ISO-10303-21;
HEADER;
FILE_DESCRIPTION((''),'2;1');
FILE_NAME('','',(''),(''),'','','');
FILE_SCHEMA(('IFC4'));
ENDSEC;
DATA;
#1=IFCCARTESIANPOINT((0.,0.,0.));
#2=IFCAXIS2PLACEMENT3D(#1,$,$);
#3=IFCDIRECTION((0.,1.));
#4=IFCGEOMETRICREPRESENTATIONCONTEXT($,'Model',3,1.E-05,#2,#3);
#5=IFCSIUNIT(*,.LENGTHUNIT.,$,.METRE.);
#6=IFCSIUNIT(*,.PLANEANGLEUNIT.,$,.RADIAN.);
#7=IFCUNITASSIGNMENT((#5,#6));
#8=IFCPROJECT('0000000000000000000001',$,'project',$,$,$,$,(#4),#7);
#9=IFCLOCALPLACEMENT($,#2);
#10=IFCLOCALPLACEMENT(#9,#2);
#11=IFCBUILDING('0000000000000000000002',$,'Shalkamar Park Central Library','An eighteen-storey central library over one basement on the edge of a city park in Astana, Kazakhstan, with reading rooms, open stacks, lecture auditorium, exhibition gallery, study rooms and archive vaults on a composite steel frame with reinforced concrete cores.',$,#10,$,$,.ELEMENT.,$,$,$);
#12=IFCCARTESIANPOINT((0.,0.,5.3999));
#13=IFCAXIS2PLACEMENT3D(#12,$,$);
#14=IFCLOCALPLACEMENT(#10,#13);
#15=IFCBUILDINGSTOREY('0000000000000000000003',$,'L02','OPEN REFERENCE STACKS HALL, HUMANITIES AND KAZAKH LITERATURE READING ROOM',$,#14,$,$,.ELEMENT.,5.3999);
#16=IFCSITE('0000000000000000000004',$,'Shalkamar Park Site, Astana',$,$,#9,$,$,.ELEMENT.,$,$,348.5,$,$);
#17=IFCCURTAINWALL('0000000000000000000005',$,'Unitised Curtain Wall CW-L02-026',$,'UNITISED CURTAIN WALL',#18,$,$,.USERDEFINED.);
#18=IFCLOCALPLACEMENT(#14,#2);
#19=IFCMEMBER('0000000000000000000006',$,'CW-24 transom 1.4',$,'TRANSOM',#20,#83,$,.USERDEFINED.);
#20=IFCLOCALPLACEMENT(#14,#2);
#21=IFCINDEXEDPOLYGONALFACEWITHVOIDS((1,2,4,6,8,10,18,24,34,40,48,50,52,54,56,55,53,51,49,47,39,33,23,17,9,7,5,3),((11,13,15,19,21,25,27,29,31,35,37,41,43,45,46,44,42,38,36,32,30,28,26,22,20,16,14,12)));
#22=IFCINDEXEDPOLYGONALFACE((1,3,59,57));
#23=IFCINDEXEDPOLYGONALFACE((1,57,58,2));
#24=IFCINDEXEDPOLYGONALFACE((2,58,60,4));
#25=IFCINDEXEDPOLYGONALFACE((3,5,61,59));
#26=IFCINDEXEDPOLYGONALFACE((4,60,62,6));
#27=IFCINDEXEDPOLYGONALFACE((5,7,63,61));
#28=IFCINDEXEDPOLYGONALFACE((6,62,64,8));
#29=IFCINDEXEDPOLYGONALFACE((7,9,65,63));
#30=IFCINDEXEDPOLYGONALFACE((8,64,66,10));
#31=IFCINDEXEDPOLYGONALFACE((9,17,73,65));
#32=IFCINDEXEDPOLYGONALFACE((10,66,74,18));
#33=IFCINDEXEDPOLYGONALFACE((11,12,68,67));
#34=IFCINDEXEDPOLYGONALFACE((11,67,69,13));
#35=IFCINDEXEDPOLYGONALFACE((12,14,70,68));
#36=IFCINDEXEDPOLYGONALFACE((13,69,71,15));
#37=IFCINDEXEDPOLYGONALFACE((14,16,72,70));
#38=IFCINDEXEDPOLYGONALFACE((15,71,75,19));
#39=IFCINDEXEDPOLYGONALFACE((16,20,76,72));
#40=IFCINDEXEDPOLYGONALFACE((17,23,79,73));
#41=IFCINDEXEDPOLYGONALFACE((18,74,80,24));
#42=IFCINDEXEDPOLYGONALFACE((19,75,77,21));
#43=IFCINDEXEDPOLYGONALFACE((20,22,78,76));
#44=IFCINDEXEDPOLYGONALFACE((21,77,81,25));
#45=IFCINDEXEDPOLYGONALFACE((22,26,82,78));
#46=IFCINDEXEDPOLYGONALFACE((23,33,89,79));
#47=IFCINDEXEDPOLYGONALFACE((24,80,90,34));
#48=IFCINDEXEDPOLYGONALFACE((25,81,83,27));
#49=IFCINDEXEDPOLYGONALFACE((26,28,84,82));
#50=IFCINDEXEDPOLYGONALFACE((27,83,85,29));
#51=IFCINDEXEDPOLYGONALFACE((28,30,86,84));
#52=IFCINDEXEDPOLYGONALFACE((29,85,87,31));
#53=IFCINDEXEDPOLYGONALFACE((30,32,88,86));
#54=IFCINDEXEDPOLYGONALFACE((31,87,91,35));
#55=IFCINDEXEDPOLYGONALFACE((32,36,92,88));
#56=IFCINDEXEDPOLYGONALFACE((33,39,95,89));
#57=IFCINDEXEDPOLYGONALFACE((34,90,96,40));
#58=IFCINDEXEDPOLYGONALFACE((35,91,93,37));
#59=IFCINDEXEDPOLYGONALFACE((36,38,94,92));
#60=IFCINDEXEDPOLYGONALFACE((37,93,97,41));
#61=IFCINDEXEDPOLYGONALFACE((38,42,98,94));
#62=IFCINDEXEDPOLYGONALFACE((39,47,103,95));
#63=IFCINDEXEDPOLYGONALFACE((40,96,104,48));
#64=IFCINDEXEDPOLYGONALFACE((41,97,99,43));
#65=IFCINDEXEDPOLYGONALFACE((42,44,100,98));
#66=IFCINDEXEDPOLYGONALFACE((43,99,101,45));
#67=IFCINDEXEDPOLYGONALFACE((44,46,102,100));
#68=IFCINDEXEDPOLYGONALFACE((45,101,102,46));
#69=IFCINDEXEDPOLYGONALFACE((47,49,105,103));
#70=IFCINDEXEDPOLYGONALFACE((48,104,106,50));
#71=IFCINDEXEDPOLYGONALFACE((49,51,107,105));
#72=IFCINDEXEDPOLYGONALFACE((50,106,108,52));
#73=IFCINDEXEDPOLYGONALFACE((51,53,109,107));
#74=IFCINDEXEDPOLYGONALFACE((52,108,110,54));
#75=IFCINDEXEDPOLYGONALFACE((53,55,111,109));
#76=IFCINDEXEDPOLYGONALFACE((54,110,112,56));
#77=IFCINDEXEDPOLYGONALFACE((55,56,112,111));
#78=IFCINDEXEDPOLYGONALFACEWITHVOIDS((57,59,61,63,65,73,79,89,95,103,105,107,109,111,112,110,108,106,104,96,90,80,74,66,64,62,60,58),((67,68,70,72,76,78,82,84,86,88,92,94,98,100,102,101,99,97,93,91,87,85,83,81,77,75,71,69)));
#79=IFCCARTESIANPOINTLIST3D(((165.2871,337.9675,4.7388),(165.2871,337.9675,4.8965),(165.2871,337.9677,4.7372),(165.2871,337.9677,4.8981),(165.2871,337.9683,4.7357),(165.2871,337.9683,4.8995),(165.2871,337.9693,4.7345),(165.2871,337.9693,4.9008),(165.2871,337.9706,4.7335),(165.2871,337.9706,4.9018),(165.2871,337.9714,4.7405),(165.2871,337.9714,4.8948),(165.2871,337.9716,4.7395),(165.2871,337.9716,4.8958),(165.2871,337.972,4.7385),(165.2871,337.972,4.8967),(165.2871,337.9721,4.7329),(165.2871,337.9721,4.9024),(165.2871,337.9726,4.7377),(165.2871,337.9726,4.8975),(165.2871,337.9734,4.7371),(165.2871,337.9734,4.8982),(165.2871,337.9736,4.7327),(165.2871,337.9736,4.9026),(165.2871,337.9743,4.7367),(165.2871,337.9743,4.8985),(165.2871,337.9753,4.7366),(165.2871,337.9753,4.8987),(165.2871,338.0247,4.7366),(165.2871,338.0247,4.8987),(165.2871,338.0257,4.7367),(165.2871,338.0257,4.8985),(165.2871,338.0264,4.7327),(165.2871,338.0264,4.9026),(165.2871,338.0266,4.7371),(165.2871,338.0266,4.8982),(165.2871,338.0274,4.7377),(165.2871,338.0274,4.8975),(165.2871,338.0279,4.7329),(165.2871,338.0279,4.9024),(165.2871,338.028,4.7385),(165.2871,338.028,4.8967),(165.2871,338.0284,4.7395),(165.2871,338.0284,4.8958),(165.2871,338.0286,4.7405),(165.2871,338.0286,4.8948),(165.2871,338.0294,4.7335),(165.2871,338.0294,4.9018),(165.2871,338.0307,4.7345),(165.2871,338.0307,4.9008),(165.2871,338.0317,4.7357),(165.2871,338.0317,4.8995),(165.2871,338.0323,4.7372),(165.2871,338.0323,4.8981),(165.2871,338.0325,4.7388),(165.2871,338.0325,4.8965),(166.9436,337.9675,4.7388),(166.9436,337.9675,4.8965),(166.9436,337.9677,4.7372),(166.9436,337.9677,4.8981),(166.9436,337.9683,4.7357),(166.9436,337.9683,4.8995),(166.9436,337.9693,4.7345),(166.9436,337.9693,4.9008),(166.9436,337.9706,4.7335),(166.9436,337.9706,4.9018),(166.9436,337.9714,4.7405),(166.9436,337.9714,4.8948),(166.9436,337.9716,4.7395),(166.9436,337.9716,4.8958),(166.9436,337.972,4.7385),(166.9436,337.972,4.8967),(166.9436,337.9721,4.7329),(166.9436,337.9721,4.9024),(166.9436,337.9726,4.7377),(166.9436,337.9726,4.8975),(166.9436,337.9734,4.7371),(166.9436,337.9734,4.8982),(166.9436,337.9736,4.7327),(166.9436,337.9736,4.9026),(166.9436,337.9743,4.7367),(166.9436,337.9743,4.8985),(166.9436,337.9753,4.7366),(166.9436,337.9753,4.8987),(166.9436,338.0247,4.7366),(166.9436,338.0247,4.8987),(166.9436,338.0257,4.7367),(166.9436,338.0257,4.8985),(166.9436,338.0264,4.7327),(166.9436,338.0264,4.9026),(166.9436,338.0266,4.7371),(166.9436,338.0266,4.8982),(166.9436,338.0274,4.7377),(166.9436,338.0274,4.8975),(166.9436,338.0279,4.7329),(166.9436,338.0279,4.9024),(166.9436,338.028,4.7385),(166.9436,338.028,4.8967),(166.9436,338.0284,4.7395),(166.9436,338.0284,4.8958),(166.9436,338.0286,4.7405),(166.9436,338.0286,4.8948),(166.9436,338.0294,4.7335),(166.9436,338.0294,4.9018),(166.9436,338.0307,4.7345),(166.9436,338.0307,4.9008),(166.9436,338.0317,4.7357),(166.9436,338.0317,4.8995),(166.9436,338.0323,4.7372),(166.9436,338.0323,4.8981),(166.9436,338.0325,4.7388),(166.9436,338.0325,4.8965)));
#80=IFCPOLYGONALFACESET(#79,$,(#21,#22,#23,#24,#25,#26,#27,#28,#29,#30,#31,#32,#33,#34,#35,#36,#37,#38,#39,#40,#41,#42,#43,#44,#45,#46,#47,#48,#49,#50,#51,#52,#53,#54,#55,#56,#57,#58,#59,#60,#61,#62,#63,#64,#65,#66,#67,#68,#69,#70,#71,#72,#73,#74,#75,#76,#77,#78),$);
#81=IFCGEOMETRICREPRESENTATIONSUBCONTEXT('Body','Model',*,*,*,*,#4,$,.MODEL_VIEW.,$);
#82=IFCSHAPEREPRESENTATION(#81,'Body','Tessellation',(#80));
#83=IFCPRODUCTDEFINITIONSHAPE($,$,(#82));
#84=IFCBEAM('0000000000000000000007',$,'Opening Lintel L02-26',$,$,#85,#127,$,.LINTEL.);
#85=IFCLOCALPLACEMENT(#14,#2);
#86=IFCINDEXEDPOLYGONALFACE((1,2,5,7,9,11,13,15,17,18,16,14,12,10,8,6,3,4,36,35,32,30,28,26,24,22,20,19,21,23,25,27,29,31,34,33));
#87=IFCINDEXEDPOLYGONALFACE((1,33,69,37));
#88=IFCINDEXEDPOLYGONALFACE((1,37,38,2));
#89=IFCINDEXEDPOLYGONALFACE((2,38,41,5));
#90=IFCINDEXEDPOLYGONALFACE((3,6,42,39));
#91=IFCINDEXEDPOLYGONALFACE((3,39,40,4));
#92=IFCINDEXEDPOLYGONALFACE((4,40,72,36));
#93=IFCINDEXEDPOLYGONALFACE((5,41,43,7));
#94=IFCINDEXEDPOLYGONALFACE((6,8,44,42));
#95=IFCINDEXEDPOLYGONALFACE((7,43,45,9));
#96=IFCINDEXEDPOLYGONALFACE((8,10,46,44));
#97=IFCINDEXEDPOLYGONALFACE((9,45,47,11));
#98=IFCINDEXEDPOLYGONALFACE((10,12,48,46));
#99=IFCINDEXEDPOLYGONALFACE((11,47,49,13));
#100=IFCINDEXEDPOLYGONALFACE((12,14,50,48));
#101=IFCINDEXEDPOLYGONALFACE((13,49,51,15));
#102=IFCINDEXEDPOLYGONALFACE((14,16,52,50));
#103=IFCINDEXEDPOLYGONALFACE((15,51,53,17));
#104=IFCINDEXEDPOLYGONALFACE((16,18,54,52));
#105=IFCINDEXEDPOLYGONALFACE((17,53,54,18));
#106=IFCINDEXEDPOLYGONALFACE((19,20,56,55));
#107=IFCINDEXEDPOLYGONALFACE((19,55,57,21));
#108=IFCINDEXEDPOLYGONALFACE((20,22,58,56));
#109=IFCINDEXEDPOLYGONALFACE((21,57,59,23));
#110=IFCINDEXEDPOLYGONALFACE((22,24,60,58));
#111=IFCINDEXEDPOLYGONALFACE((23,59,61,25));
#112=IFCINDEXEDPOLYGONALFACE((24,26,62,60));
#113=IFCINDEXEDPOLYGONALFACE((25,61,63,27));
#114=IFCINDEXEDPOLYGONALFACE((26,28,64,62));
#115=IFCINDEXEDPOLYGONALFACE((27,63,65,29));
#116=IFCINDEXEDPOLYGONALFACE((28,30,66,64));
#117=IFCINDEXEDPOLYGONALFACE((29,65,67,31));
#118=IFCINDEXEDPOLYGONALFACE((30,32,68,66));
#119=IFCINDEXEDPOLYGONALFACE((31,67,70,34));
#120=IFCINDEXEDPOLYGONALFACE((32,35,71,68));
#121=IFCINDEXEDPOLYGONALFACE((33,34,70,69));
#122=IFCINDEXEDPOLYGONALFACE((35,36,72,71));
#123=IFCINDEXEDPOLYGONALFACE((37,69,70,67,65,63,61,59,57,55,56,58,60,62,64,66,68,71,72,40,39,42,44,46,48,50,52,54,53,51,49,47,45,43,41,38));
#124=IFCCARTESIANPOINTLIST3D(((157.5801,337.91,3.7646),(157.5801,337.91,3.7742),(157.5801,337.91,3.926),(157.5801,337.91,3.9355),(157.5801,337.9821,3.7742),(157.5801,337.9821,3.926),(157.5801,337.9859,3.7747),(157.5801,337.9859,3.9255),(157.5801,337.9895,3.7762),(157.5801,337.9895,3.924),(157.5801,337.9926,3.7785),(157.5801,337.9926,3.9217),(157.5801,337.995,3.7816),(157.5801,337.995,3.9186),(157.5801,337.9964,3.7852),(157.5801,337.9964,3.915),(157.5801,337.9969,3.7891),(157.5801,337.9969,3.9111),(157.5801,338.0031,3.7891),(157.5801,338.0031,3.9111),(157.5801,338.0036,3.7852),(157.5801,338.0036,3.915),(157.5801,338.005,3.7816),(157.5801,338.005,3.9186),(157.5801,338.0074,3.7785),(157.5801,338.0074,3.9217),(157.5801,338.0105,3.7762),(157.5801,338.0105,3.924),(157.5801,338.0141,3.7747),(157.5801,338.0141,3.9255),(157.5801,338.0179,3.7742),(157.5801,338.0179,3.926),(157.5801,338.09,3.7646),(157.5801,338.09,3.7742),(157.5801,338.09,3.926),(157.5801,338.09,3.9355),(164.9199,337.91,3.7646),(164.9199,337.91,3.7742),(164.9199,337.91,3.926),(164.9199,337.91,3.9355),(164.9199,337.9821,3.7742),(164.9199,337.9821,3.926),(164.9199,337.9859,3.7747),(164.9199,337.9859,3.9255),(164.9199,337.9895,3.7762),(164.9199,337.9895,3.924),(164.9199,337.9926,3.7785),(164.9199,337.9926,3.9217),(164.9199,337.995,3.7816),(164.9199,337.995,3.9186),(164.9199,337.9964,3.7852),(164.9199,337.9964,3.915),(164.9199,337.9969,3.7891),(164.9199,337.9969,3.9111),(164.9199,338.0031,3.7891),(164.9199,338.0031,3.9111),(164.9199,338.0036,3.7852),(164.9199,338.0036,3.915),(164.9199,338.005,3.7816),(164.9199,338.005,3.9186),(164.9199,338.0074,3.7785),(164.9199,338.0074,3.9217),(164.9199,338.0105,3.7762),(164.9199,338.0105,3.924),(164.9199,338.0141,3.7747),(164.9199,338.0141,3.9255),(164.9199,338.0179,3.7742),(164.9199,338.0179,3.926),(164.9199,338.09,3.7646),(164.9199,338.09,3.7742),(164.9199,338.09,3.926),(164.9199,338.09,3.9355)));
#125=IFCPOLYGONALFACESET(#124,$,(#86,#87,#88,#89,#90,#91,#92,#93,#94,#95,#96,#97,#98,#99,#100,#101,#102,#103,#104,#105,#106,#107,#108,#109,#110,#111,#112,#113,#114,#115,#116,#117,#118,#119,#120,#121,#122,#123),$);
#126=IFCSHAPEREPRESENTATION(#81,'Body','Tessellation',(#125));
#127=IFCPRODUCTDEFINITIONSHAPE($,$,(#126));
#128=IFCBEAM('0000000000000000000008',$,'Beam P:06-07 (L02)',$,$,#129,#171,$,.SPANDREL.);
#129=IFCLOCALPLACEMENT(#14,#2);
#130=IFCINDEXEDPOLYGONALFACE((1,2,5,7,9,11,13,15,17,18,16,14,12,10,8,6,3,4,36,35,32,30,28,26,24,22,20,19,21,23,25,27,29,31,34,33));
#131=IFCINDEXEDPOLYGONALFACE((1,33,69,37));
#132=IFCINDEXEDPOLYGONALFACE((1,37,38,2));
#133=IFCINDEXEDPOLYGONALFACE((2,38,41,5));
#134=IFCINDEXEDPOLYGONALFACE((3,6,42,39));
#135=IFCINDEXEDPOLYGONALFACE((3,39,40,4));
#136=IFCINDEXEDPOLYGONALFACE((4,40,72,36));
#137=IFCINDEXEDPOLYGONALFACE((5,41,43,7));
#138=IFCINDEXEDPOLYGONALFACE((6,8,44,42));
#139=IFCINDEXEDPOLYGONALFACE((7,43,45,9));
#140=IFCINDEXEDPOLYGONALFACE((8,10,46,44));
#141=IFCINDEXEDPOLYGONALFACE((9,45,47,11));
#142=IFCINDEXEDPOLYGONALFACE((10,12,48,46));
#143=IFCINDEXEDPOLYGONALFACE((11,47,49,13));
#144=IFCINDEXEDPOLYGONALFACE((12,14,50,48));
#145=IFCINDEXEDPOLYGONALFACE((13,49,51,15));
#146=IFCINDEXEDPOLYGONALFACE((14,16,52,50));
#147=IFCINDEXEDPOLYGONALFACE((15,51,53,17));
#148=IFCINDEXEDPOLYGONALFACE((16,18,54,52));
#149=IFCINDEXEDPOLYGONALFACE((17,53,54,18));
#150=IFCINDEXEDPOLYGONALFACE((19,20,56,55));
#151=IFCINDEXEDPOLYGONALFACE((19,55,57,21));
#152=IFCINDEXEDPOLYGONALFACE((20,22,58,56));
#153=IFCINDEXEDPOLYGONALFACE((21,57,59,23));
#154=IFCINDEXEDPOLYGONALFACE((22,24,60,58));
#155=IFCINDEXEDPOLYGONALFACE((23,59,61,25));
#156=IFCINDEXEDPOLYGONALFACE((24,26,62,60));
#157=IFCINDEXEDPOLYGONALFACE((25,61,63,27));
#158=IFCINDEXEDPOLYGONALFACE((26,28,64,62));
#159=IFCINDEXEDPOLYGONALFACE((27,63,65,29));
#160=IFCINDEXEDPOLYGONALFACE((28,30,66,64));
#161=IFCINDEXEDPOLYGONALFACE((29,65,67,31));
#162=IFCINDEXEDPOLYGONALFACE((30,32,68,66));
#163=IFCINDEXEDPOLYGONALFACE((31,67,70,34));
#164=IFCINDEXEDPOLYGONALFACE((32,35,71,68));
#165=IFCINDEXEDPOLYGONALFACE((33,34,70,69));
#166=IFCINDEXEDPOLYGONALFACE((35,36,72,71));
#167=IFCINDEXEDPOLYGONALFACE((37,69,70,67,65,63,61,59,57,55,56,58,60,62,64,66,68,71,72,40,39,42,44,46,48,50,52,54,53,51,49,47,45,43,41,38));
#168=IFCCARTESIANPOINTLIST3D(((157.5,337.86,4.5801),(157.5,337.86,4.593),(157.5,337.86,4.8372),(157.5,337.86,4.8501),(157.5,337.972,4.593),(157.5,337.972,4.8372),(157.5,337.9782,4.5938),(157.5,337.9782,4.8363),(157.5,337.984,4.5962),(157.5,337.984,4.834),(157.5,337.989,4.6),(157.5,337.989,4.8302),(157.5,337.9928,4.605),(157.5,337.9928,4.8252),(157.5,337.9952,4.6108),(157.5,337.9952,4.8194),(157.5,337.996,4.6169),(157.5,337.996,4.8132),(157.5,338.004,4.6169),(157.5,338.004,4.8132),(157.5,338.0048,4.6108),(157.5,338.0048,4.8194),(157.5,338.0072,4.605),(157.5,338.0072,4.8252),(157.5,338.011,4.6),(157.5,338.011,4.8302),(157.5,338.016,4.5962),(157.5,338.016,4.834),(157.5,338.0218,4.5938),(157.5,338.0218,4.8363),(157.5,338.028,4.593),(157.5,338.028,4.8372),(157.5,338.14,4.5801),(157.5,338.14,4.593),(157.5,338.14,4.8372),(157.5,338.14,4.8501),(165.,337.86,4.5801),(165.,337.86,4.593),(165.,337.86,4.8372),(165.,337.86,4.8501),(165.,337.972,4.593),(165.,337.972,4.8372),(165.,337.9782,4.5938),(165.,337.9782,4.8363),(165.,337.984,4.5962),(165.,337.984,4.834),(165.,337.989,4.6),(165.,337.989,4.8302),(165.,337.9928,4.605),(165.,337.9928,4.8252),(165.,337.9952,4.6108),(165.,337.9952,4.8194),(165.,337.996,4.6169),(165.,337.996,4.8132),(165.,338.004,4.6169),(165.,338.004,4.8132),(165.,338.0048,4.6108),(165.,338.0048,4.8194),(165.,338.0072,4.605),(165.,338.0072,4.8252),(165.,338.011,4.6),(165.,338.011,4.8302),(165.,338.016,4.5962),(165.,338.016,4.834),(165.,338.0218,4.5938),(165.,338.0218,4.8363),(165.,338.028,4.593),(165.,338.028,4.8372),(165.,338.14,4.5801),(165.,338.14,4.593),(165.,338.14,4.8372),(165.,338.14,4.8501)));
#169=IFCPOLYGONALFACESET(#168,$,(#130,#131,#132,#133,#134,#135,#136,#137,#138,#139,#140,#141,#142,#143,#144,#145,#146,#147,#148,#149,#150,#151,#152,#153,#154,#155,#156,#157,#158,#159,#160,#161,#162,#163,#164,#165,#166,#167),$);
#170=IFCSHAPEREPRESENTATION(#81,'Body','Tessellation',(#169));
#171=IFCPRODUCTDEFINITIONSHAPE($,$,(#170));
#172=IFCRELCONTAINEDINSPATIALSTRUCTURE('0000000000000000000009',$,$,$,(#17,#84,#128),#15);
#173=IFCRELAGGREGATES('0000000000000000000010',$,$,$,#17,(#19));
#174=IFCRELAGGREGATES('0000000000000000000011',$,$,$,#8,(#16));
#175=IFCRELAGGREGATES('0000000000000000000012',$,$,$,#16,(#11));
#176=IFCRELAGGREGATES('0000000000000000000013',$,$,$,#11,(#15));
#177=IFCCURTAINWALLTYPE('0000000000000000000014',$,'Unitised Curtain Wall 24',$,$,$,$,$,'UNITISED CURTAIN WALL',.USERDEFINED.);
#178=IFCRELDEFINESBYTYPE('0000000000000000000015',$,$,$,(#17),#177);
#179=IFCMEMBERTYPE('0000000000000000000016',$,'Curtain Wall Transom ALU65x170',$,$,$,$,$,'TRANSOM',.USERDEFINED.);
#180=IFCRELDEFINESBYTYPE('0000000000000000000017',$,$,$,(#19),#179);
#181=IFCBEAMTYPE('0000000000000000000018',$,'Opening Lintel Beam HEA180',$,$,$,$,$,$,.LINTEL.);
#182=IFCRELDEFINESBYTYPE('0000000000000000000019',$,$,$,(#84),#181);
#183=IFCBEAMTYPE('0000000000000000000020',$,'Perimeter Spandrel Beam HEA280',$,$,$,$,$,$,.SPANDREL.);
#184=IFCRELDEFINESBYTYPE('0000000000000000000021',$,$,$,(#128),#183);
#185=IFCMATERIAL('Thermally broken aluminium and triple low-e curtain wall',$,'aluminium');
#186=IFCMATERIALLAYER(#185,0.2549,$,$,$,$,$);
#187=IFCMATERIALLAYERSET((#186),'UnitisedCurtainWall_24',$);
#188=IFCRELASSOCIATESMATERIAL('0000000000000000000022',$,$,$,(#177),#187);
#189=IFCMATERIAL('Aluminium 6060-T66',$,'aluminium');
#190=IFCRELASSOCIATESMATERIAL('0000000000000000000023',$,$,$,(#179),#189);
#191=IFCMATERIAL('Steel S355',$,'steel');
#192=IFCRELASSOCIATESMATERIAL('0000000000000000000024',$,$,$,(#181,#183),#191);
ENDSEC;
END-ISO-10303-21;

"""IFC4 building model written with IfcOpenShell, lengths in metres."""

from ifc_helpers import new_model, si_unit, direction, frame, origin, origin_2d, place, context, subcontext, project, spatial, hollow_rectangle, i_section, extrude, material, layer, layer_set, material_profile, profile_set, type_object, element, aggregate, save


model = new_model("IFC4")

# Units and contexts
model_context = context("Model", 3, precision=1e-05, world=origin(), true_north=direction((0.0, 1.0)))
body_context = subcontext(model_context, "Body", "Model", "MODEL_VIEW")
ifc_project = project(units=[si_unit("LENGTHUNIT", "METRE"), si_unit("PLANEANGLEUNIT", "RADIAN")], contexts=[model_context])

# Site, building, storey
site_placement = place(None, origin())
site = spatial("IfcSite", under=ifc_project, at=site_placement, Name="Shalkamar Park Site, Astana", CompositionType="ELEMENT", RefElevation=348.5)
building_placement = place(site_placement, origin())
building = spatial("IfcBuilding", under=site, at=building_placement, Name="Shalkamar Park Central Library", Description="An eighteen-storey central library over one basement on the edge of a city park in Astana, Kazakhstan, with reading rooms, open stacks, lecture auditorium, exhibition gallery, study rooms and archive vaults on a composite steel frame with reinforced concrete cores.", CompositionType="ELEMENT")
storey_placement = place(building_placement, frame((0.0, 0.0, 5.3999)))
storey = spatial("IfcBuildingStorey", under=building, at=storey_placement, Name="L02", Description="OPEN REFERENCE STACKS HALL, HUMANITIES AND KAZAKH LITERATURE READING ROOM", CompositionType="ELEMENT", Elevation=5.3999)

# Shared definitions
ifc_material_1 = material(Name="Steel S355", Category="steel")

# Shared definitions
ifc_material_2 = material(Name="Thermally broken aluminium and triple low-e curtain wall", Category="aluminium")
ifc_material_3 = material(Name="Aluminium 6060-T66", Category="aluminium")

# Curtain wall
ifc_layer_1 = layer(ifc_material_2, 0.2549)
ifc_layer_set_1 = layer_set([ifc_layer_1], Name="UnitisedCurtainWall_24")
curtain_wall_type_1 = type_object("IfcCurtainWallType", Name="Unitised Curtain Wall 24", ElementType="UNITISED CURTAIN WALL", PredefinedType="USERDEFINED", material=ifc_layer_set_1)
curtain_wall_1_placement = place(storey_placement, origin())
curtain_wall_1 = element("IfcCurtainWall", 1, at=curtain_wall_1_placement, inside=storey, type_object=curtain_wall_type_1, Name="Unitised Curtain Wall CW-L02-026", ObjectType="UNITISED CURTAIN WALL", PredefinedType="USERDEFINED")

# Member
ifc_material_profile_1 = material_profile(ifc_material_3, hollow_rectangle(XDim=0.0649, YDim=0.1699, WallThickness=0.0039, InnerFilletRadius=0.0039, OuterFilletRadius=0.0061, at=origin_2d()), Name="ALU 65x170x4")
ifc_profile_set_1 = profile_set([ifc_material_profile_1], Name="Aluminium 6060-T66")
member_type_1 = type_object("IfcMemberType", Name="Curtain Wall Transom ALU65x170", ElementType="TRANSOM", PredefinedType="USERDEFINED", material=ifc_profile_set_1)
member_1_placement = place(storey_placement, frame((165.2871, 338.0, 4.8176), z_axis=(1.0, 0.0, 0.0), x_axis=(0.0, 1.0, 0.0)))
member_1 = element("IfcMember", 2, at=member_1_placement, type_object=member_type_1, Name="CW-24 transom 1.4", ObjectType="TRANSOM", PredefinedType="USERDEFINED", context=body_context, shape_type="SweptSolid", body=[
    extrude(hollow_rectangle(XDim=0.0649, YDim=0.1699, WallThickness=0.0039, InnerFilletRadius=0.0039, OuterFilletRadius=0.0061, at=origin_2d()), origin(), (0.0, 0.0, 1.0), 1.6565),
])

# Beams
ifc_material_profile_2 = material_profile(ifc_material_1, i_section(OverallWidth=0.1799, OverallDepth=0.1709, WebThickness=0.0061, FlangeThickness=0.0095, FilletRadius=0.0149, at=origin_2d()), Name="HEA 180")
ifc_profile_set_2 = profile_set([ifc_material_profile_2], Name="Steel S355")
beam_type_1 = type_object("IfcBeamType", Name="Opening Lintel Beam HEA180", PredefinedType="LINTEL", material=ifc_profile_set_2)
beam_1_placement = place(storey_placement, frame((157.5801, 338.0, 3.8501), z_axis=(1.0, 0.0, 0.0), x_axis=(0.0, 1.0, 0.0)))
element("IfcBeam", 3, at=beam_1_placement, inside=storey, type_object=beam_type_1, Name="Opening Lintel L02-26", PredefinedType="LINTEL", context=body_context, shape_type="SweptSolid", body=[
    extrude(i_section(OverallWidth=0.1799, OverallDepth=0.1709, WebThickness=0.0061, FlangeThickness=0.0095, FilletRadius=0.0149, at=origin_2d()), origin(), (0.0, 0.0, 1.0), 7.3398),
])
ifc_material_profile_3 = material_profile(ifc_material_1, i_section(OverallWidth=0.28, OverallDepth=0.27, WebThickness=0.0081, FlangeThickness=0.0129, FilletRadius=0.0239, at=origin_2d()), Name="HEA 280")
ifc_profile_set_3 = profile_set([ifc_material_profile_3], Name="Steel S355")
beam_type_2 = type_object("IfcBeamType", Name="Perimeter Spandrel Beam HEA280", PredefinedType="SPANDREL", material=ifc_profile_set_3)
beam_2_placement = place(storey_placement, frame((157.5, 338.0, 4.7151), z_axis=(1.0, 0.0, 0.0), x_axis=(0.0, 1.0, 0.0)))
element("IfcBeam", 4, at=beam_2_placement, inside=storey, type_object=beam_type_2, Name="Beam P:06-07 (L02)", PredefinedType="SPANDREL", context=body_context, shape_type="SweptSolid", body=[
    extrude(i_section(OverallWidth=0.28, OverallDepth=0.27, WebThickness=0.0081, FlangeThickness=0.0129, FilletRadius=0.0239, at=origin_2d()), origin(), (0.0, 0.0, 1.0), 7.5),
])

aggregate(curtain_wall_1, [member_1])

save(model, "model.ifc")
